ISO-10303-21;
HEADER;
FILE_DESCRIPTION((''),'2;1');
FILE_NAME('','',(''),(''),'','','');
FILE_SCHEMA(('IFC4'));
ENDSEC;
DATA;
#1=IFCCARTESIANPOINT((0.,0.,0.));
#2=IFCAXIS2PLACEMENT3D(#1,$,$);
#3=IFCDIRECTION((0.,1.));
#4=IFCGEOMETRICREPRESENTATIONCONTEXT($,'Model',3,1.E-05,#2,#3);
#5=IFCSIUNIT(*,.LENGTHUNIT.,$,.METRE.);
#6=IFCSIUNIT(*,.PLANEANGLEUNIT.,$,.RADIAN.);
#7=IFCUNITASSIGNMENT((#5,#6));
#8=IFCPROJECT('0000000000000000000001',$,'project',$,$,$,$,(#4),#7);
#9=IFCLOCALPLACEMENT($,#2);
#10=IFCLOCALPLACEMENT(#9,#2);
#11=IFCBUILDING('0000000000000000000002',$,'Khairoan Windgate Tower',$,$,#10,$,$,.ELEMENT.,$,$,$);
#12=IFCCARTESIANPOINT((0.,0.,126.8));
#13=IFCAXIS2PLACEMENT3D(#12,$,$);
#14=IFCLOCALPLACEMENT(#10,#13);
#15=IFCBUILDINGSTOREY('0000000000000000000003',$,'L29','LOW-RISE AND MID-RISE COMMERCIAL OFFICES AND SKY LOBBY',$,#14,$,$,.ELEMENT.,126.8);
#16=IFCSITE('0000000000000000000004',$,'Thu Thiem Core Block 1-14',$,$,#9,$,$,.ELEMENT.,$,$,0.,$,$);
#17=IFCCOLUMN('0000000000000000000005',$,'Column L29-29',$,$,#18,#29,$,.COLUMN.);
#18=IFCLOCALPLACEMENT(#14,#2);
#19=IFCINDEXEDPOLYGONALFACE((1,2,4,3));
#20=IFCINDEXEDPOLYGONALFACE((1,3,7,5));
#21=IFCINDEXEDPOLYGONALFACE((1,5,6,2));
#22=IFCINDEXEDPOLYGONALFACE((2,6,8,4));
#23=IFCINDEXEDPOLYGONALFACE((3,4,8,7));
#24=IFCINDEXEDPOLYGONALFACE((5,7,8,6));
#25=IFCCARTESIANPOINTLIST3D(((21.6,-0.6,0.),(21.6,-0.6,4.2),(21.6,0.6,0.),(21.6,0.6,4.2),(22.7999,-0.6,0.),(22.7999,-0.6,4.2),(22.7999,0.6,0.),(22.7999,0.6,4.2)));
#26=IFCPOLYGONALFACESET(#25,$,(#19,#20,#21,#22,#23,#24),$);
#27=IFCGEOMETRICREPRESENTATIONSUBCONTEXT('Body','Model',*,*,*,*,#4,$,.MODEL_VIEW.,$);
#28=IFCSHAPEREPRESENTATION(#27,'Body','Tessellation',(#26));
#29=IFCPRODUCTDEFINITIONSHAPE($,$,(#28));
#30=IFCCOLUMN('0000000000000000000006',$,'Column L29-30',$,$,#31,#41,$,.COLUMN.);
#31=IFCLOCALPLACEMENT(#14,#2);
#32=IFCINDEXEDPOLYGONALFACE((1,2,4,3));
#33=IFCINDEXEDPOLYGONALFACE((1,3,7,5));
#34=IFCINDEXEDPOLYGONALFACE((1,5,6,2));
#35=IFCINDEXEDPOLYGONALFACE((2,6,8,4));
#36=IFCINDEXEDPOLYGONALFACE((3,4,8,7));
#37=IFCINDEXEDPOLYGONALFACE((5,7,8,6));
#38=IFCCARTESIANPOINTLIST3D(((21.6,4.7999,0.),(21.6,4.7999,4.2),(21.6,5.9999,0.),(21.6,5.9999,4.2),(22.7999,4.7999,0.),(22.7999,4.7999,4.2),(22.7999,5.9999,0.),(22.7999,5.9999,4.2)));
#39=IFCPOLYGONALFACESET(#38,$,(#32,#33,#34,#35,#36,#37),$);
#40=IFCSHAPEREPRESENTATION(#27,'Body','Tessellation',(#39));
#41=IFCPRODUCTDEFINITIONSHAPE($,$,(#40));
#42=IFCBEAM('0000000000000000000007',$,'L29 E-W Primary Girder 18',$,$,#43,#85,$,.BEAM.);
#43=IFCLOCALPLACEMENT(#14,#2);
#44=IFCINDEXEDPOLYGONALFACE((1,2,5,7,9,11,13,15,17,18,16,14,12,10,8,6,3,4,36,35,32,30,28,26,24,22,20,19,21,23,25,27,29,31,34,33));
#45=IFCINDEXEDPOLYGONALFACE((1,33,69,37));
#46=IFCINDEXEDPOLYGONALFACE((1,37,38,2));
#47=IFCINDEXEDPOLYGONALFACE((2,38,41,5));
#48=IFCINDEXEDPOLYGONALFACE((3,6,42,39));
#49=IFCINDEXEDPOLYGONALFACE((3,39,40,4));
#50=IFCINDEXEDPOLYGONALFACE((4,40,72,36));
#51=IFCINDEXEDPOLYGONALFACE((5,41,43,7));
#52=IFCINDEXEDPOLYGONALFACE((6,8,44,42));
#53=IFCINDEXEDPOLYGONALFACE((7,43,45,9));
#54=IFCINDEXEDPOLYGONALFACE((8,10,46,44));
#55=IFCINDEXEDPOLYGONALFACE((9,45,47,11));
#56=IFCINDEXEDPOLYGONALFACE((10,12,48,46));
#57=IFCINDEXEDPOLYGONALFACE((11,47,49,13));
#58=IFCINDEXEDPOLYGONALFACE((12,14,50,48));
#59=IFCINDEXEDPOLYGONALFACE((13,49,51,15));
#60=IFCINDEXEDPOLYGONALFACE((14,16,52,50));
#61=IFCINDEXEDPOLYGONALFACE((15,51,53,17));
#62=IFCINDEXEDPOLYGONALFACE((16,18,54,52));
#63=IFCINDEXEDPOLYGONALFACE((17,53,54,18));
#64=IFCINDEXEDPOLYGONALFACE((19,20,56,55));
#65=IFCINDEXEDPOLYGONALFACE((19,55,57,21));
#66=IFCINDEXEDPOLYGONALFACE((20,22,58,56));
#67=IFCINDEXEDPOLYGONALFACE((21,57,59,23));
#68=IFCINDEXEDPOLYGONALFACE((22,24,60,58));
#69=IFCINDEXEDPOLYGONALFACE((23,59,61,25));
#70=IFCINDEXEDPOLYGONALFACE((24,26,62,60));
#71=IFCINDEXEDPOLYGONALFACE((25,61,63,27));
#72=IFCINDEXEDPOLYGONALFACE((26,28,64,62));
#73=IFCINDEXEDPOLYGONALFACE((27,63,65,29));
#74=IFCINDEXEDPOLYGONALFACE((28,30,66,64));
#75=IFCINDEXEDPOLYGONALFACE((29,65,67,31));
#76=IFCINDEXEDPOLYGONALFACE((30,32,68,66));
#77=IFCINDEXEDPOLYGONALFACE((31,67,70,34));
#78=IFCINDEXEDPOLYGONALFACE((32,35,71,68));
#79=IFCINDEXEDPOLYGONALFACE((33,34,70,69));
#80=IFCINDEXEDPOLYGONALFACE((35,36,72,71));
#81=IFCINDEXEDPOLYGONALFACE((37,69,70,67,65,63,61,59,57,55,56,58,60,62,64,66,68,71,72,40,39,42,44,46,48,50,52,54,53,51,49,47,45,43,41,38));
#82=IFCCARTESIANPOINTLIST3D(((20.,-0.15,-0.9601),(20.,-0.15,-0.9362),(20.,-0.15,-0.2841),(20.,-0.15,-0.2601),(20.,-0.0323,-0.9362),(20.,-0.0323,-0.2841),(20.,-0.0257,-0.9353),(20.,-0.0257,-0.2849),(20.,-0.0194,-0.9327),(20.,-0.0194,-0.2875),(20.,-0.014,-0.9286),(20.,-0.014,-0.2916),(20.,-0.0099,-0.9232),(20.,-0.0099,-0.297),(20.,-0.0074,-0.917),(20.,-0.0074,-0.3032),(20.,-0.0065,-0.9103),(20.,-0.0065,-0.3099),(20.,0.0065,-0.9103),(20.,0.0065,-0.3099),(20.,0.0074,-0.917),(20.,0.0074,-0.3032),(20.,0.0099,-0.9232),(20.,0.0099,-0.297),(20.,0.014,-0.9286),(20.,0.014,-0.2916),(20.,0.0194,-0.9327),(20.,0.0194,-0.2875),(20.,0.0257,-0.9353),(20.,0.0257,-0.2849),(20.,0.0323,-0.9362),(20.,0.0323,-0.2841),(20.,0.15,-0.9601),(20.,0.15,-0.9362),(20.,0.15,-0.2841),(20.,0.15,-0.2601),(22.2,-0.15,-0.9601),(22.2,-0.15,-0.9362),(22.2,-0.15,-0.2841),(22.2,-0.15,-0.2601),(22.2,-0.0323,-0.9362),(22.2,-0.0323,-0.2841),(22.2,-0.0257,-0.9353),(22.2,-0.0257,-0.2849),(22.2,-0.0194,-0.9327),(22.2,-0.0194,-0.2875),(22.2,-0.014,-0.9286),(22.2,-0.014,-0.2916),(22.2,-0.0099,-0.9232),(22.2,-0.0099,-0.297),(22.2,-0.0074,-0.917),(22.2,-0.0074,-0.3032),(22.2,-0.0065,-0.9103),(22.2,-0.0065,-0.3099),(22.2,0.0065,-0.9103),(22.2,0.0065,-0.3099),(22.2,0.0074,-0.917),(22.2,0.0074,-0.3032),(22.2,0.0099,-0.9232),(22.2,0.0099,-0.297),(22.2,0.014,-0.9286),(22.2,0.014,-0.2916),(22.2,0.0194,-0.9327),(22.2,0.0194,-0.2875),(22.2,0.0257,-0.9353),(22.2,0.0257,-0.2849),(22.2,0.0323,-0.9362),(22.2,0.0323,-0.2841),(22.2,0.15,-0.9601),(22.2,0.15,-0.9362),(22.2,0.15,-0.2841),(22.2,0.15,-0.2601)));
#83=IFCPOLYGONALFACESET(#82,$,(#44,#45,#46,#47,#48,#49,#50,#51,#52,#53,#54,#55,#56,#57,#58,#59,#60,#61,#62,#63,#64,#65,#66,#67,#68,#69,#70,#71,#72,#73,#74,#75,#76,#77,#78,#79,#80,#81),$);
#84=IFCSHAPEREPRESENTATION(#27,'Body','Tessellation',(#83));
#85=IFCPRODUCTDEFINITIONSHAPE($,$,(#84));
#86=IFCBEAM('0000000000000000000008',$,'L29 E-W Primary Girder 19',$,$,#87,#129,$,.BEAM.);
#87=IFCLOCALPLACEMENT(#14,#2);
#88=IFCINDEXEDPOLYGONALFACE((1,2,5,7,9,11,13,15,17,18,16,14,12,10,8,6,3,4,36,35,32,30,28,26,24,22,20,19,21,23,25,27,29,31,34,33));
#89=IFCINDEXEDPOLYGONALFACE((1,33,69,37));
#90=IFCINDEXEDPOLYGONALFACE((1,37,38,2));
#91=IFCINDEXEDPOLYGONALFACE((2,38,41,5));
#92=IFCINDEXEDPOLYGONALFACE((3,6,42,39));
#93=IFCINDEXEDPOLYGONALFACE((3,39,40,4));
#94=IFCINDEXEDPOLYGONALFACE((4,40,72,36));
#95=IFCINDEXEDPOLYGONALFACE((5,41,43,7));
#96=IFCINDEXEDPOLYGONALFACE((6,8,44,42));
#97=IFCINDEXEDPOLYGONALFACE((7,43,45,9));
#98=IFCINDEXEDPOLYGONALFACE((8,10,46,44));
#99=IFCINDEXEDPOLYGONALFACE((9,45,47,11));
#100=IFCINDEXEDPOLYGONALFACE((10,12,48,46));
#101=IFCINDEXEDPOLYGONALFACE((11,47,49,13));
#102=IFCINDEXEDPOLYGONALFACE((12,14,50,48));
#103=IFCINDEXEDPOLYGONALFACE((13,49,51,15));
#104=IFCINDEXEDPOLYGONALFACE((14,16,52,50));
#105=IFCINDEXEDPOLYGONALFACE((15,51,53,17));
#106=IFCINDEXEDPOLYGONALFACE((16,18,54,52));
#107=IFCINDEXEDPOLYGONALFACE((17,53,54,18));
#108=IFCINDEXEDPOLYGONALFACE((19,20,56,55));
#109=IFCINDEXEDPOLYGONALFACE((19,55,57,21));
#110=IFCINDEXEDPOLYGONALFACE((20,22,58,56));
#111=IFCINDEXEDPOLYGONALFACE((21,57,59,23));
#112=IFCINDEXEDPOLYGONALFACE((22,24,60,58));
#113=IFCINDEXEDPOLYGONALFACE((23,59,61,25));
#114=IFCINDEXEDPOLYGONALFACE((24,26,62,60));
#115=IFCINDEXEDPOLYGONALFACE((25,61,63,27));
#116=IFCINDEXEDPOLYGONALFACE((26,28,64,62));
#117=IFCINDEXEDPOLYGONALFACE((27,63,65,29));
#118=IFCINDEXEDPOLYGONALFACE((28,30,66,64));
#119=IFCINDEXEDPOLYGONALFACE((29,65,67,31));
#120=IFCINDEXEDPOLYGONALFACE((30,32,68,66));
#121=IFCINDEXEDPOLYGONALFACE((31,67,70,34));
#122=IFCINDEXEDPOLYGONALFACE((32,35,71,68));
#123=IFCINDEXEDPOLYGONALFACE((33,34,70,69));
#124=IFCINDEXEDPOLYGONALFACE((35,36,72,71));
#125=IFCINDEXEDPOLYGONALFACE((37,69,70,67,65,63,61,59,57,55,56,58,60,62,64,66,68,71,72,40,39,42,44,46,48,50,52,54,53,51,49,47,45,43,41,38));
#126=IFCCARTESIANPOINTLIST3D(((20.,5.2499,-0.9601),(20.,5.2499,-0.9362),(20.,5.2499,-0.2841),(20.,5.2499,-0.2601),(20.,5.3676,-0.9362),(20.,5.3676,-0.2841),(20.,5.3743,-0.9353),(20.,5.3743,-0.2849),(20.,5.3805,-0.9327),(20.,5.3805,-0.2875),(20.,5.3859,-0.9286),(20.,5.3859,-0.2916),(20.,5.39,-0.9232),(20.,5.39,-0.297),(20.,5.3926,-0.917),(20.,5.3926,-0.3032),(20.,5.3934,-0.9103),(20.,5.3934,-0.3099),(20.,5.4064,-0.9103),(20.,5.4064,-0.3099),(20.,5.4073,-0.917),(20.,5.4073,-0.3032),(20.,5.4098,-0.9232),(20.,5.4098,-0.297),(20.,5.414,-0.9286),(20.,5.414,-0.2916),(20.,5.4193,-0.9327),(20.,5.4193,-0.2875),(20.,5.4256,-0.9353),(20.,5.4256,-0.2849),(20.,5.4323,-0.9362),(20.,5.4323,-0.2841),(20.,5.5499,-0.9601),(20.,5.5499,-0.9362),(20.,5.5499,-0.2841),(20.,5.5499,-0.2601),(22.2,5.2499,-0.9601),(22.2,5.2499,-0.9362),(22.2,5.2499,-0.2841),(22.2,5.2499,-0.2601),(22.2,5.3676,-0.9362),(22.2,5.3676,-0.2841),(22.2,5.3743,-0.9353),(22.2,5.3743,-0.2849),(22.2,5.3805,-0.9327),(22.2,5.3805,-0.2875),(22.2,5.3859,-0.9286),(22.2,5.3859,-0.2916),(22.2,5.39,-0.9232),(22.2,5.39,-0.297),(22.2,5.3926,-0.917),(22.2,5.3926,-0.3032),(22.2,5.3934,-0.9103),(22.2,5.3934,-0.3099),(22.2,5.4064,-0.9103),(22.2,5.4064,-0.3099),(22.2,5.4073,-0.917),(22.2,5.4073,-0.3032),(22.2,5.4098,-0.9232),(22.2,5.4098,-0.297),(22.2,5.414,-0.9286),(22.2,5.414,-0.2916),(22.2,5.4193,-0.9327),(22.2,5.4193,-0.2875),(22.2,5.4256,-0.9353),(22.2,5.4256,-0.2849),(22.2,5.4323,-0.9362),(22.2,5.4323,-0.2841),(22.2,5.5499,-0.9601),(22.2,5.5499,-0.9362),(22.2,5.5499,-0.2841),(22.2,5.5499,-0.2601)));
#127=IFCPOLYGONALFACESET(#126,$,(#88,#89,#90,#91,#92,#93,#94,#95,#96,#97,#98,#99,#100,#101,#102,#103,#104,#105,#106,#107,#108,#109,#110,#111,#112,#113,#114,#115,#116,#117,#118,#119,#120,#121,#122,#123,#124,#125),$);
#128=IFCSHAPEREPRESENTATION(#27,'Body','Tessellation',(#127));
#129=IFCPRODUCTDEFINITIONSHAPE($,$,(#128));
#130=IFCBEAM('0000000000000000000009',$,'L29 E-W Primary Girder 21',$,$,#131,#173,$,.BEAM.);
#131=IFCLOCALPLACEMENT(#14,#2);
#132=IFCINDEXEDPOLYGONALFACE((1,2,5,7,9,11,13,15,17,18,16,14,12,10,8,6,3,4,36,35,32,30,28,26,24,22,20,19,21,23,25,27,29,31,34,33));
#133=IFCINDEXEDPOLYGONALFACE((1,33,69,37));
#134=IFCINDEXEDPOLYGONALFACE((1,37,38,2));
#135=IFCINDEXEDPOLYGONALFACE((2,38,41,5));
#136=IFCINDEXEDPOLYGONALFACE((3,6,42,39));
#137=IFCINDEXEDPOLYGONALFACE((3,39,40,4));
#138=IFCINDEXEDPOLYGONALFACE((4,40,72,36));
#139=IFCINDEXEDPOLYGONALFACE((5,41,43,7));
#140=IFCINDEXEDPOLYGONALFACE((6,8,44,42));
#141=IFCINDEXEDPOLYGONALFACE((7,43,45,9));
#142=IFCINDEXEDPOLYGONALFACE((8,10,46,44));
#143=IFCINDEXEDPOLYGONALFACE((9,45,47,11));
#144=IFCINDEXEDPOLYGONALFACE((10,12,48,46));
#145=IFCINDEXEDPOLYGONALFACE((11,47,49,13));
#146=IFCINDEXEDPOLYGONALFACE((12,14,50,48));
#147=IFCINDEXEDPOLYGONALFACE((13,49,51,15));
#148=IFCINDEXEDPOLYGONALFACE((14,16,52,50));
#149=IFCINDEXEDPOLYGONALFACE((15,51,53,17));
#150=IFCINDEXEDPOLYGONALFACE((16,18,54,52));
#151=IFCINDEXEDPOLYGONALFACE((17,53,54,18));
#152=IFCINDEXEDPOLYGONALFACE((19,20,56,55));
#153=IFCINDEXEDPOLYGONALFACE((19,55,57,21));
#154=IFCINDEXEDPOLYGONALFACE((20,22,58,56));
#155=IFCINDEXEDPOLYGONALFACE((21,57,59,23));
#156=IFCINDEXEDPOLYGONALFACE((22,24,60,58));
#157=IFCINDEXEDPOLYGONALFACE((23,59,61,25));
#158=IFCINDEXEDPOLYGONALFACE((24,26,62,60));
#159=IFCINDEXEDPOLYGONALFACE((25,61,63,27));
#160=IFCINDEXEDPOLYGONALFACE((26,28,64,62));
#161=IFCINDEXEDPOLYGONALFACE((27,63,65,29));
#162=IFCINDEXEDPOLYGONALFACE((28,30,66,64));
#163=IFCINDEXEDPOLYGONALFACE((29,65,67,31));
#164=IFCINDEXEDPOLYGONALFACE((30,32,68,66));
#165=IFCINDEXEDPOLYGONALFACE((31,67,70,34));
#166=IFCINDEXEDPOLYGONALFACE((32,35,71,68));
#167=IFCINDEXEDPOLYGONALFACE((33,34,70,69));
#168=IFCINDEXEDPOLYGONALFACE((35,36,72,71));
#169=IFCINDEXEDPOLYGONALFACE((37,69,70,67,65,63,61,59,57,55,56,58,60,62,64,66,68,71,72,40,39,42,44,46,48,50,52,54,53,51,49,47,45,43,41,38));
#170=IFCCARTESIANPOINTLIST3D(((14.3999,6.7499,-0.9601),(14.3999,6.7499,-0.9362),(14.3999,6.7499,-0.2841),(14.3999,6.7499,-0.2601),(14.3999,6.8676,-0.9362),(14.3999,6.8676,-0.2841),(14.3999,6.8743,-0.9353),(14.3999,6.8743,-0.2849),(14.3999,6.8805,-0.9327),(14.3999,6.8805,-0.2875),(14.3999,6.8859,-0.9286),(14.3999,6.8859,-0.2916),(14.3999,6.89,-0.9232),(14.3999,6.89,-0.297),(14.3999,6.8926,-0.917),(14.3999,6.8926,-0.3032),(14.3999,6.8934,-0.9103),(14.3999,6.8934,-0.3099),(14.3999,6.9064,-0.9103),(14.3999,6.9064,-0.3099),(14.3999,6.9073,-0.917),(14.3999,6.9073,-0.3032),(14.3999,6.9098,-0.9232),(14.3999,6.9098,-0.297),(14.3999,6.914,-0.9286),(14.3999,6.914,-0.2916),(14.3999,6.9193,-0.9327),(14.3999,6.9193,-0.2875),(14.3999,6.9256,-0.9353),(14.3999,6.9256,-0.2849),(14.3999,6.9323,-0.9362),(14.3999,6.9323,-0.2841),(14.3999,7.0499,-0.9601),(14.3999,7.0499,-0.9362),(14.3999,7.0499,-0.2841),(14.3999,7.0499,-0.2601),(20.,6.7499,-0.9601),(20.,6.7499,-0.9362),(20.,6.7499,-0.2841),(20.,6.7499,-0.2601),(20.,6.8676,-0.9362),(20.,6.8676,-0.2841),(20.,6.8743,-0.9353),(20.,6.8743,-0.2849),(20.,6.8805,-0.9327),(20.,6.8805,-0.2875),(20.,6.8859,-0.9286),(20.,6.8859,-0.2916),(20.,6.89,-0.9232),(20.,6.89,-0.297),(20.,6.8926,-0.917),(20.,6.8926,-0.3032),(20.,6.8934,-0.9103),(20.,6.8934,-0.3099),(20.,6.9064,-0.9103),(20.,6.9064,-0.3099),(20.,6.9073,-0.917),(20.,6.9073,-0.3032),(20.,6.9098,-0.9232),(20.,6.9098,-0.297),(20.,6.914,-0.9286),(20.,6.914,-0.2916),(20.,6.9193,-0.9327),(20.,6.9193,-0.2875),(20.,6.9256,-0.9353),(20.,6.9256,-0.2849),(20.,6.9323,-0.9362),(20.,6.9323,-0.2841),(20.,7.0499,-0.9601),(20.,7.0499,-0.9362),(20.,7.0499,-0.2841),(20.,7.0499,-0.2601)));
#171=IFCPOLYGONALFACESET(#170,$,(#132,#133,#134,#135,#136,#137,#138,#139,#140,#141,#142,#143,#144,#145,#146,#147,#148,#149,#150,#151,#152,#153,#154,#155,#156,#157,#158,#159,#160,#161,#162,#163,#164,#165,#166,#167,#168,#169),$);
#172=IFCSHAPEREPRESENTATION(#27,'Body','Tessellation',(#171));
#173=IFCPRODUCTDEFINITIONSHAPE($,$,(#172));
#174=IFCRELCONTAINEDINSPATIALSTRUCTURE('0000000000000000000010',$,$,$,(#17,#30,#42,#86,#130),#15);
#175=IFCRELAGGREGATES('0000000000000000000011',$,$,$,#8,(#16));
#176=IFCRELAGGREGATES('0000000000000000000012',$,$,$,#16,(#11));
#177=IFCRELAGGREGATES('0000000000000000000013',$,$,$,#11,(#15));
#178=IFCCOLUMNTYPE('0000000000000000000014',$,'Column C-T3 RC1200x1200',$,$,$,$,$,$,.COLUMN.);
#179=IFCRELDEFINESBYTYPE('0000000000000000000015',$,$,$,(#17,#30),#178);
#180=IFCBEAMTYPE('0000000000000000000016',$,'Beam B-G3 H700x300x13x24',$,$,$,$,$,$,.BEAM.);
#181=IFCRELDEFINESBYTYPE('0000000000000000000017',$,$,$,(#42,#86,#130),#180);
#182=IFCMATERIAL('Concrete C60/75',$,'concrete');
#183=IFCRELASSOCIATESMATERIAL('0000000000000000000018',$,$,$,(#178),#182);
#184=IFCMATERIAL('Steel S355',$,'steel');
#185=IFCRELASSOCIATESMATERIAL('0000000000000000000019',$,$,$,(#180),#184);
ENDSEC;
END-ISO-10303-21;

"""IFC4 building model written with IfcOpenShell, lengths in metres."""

from ifc_helpers import new_model, si_unit, direction, frame, origin, origin_2d, place, context, subcontext, project, spatial, rectangle, i_section, extrude, material, material_profile, profile_set, type_object, element, save


model = new_model("IFC4")

# Units and contexts
model_context = context("Model", 3, precision=1e-05, world=origin(), true_north=direction((0.0, 1.0)))
body_context = subcontext(model_context, "Body", "Model", "MODEL_VIEW")
ifc_project = project(units=[si_unit("LENGTHUNIT", "METRE"), si_unit("PLANEANGLEUNIT", "RADIAN")], contexts=[model_context])

# Site, building, storey
site_placement = place(None, origin())
site = spatial("IfcSite", under=ifc_project, at=site_placement, Name="Thu Thiem Core Block 1-14", CompositionType="ELEMENT", RefElevation=0.0)
building_placement = place(site_placement, origin())
building = spatial("IfcBuilding", under=site, at=building_placement, Name="Khairoan Windgate Tower", CompositionType="ELEMENT")
storey_placement = place(building_placement, frame((0.0, 0.0, 126.8)))
storey = spatial("IfcBuildingStorey", under=building, at=storey_placement, Name="L29", Description="LOW-RISE AND MID-RISE COMMERCIAL OFFICES AND SKY LOBBY", CompositionType="ELEMENT", Elevation=126.8)

# Columns
ifc_material_1 = material(Name="Concrete C60/75", Category="concrete")
ifc_material_profile_1 = material_profile(ifc_material_1, rectangle(XDim=1.2, YDim=1.2, at=origin_2d()))
ifc_profile_set_1 = profile_set([ifc_material_profile_1], Name="Concrete C60/75")
column_type = type_object("IfcColumnType", Name="Column C-T3 RC1200x1200", PredefinedType="COLUMN", material=ifc_profile_set_1)
for number, where, z_axis, x_axis, name in (
    (1, (22.2, 0.0, 0.0), (0.0, 0.0, 1.0), (1.0, 0.0, 0.0), "Column L29-29"),
    (2, (22.2, 5.3999, 0.0), (0.0, 0.0, 1.0), (1.0, 0.0, 0.0), "Column L29-30"),
):
    element("IfcColumn", number, at=place(storey_placement, frame(where, z_axis=z_axis, x_axis=x_axis)), inside=storey, type_object=column_type, Name=name, PredefinedType="COLUMN", context=body_context, shape_type="SweptSolid", body=[
        extrude(rectangle(XDim=1.2, YDim=1.2, at=origin_2d()), origin(), (0.0, 0.0, 1.0), 4.2),
    ])

# Beams
ifc_material_2 = material(Name="Steel S355", Category="steel")
ifc_material_profile_2 = material_profile(ifc_material_2, i_section(OverallWidth=0.3, OverallDepth=0.7, WebThickness=0.0129, FlangeThickness=0.0239, FilletRadius=0.0259, at=origin_2d()))
ifc_profile_set_2 = profile_set([ifc_material_profile_2], Name="Steel S355")
beam_type_1 = type_object("IfcBeamType", Name="Beam B-G3 H700x300x13x24", PredefinedType="BEAM", material=ifc_profile_set_2)
for number, where, z_axis, x_axis, name in (
    (3, (20.0, 0.0, -0.6101), (1.0, 0.0, 0.0), (0.0, 1.0, 0.0), "L29 E-W Primary Girder 18"),
    (4, (20.0, 5.3999, -0.6101), (1.0, 0.0, 0.0), (0.0, 1.0, 0.0), "L29 E-W Primary Girder 19"),
):
    element("IfcBeam", number, at=place(storey_placement, frame(where, z_axis=z_axis, x_axis=x_axis)), inside=storey, type_object=beam_type_1, Name=name, PredefinedType="BEAM", context=body_context, shape_type="SweptSolid", body=[
        extrude(i_section(OverallWidth=0.3, OverallDepth=0.7, WebThickness=0.0129, FlangeThickness=0.0239, FilletRadius=0.0259, at=origin_2d()), origin(), (0.0, 0.0, 1.0), 2.2),
    ])
beam_1_placement = place(storey_placement, frame((14.3999, 6.8999, -0.6101), z_axis=(1.0, 0.0, 0.0), x_axis=(0.0, 1.0, 0.0)))
element("IfcBeam", 5, at=beam_1_placement, inside=storey, type_object=beam_type_1, Name="L29 E-W Primary Girder 21", PredefinedType="BEAM", context=body_context, shape_type="SweptSolid", body=[
    extrude(i_section(OverallWidth=0.3, OverallDepth=0.7, WebThickness=0.0129, FlangeThickness=0.0239, FilletRadius=0.0259, at=origin_2d()), origin(), (0.0, 0.0, 1.0), 5.6001),
])

save(model, "model.ifc")
